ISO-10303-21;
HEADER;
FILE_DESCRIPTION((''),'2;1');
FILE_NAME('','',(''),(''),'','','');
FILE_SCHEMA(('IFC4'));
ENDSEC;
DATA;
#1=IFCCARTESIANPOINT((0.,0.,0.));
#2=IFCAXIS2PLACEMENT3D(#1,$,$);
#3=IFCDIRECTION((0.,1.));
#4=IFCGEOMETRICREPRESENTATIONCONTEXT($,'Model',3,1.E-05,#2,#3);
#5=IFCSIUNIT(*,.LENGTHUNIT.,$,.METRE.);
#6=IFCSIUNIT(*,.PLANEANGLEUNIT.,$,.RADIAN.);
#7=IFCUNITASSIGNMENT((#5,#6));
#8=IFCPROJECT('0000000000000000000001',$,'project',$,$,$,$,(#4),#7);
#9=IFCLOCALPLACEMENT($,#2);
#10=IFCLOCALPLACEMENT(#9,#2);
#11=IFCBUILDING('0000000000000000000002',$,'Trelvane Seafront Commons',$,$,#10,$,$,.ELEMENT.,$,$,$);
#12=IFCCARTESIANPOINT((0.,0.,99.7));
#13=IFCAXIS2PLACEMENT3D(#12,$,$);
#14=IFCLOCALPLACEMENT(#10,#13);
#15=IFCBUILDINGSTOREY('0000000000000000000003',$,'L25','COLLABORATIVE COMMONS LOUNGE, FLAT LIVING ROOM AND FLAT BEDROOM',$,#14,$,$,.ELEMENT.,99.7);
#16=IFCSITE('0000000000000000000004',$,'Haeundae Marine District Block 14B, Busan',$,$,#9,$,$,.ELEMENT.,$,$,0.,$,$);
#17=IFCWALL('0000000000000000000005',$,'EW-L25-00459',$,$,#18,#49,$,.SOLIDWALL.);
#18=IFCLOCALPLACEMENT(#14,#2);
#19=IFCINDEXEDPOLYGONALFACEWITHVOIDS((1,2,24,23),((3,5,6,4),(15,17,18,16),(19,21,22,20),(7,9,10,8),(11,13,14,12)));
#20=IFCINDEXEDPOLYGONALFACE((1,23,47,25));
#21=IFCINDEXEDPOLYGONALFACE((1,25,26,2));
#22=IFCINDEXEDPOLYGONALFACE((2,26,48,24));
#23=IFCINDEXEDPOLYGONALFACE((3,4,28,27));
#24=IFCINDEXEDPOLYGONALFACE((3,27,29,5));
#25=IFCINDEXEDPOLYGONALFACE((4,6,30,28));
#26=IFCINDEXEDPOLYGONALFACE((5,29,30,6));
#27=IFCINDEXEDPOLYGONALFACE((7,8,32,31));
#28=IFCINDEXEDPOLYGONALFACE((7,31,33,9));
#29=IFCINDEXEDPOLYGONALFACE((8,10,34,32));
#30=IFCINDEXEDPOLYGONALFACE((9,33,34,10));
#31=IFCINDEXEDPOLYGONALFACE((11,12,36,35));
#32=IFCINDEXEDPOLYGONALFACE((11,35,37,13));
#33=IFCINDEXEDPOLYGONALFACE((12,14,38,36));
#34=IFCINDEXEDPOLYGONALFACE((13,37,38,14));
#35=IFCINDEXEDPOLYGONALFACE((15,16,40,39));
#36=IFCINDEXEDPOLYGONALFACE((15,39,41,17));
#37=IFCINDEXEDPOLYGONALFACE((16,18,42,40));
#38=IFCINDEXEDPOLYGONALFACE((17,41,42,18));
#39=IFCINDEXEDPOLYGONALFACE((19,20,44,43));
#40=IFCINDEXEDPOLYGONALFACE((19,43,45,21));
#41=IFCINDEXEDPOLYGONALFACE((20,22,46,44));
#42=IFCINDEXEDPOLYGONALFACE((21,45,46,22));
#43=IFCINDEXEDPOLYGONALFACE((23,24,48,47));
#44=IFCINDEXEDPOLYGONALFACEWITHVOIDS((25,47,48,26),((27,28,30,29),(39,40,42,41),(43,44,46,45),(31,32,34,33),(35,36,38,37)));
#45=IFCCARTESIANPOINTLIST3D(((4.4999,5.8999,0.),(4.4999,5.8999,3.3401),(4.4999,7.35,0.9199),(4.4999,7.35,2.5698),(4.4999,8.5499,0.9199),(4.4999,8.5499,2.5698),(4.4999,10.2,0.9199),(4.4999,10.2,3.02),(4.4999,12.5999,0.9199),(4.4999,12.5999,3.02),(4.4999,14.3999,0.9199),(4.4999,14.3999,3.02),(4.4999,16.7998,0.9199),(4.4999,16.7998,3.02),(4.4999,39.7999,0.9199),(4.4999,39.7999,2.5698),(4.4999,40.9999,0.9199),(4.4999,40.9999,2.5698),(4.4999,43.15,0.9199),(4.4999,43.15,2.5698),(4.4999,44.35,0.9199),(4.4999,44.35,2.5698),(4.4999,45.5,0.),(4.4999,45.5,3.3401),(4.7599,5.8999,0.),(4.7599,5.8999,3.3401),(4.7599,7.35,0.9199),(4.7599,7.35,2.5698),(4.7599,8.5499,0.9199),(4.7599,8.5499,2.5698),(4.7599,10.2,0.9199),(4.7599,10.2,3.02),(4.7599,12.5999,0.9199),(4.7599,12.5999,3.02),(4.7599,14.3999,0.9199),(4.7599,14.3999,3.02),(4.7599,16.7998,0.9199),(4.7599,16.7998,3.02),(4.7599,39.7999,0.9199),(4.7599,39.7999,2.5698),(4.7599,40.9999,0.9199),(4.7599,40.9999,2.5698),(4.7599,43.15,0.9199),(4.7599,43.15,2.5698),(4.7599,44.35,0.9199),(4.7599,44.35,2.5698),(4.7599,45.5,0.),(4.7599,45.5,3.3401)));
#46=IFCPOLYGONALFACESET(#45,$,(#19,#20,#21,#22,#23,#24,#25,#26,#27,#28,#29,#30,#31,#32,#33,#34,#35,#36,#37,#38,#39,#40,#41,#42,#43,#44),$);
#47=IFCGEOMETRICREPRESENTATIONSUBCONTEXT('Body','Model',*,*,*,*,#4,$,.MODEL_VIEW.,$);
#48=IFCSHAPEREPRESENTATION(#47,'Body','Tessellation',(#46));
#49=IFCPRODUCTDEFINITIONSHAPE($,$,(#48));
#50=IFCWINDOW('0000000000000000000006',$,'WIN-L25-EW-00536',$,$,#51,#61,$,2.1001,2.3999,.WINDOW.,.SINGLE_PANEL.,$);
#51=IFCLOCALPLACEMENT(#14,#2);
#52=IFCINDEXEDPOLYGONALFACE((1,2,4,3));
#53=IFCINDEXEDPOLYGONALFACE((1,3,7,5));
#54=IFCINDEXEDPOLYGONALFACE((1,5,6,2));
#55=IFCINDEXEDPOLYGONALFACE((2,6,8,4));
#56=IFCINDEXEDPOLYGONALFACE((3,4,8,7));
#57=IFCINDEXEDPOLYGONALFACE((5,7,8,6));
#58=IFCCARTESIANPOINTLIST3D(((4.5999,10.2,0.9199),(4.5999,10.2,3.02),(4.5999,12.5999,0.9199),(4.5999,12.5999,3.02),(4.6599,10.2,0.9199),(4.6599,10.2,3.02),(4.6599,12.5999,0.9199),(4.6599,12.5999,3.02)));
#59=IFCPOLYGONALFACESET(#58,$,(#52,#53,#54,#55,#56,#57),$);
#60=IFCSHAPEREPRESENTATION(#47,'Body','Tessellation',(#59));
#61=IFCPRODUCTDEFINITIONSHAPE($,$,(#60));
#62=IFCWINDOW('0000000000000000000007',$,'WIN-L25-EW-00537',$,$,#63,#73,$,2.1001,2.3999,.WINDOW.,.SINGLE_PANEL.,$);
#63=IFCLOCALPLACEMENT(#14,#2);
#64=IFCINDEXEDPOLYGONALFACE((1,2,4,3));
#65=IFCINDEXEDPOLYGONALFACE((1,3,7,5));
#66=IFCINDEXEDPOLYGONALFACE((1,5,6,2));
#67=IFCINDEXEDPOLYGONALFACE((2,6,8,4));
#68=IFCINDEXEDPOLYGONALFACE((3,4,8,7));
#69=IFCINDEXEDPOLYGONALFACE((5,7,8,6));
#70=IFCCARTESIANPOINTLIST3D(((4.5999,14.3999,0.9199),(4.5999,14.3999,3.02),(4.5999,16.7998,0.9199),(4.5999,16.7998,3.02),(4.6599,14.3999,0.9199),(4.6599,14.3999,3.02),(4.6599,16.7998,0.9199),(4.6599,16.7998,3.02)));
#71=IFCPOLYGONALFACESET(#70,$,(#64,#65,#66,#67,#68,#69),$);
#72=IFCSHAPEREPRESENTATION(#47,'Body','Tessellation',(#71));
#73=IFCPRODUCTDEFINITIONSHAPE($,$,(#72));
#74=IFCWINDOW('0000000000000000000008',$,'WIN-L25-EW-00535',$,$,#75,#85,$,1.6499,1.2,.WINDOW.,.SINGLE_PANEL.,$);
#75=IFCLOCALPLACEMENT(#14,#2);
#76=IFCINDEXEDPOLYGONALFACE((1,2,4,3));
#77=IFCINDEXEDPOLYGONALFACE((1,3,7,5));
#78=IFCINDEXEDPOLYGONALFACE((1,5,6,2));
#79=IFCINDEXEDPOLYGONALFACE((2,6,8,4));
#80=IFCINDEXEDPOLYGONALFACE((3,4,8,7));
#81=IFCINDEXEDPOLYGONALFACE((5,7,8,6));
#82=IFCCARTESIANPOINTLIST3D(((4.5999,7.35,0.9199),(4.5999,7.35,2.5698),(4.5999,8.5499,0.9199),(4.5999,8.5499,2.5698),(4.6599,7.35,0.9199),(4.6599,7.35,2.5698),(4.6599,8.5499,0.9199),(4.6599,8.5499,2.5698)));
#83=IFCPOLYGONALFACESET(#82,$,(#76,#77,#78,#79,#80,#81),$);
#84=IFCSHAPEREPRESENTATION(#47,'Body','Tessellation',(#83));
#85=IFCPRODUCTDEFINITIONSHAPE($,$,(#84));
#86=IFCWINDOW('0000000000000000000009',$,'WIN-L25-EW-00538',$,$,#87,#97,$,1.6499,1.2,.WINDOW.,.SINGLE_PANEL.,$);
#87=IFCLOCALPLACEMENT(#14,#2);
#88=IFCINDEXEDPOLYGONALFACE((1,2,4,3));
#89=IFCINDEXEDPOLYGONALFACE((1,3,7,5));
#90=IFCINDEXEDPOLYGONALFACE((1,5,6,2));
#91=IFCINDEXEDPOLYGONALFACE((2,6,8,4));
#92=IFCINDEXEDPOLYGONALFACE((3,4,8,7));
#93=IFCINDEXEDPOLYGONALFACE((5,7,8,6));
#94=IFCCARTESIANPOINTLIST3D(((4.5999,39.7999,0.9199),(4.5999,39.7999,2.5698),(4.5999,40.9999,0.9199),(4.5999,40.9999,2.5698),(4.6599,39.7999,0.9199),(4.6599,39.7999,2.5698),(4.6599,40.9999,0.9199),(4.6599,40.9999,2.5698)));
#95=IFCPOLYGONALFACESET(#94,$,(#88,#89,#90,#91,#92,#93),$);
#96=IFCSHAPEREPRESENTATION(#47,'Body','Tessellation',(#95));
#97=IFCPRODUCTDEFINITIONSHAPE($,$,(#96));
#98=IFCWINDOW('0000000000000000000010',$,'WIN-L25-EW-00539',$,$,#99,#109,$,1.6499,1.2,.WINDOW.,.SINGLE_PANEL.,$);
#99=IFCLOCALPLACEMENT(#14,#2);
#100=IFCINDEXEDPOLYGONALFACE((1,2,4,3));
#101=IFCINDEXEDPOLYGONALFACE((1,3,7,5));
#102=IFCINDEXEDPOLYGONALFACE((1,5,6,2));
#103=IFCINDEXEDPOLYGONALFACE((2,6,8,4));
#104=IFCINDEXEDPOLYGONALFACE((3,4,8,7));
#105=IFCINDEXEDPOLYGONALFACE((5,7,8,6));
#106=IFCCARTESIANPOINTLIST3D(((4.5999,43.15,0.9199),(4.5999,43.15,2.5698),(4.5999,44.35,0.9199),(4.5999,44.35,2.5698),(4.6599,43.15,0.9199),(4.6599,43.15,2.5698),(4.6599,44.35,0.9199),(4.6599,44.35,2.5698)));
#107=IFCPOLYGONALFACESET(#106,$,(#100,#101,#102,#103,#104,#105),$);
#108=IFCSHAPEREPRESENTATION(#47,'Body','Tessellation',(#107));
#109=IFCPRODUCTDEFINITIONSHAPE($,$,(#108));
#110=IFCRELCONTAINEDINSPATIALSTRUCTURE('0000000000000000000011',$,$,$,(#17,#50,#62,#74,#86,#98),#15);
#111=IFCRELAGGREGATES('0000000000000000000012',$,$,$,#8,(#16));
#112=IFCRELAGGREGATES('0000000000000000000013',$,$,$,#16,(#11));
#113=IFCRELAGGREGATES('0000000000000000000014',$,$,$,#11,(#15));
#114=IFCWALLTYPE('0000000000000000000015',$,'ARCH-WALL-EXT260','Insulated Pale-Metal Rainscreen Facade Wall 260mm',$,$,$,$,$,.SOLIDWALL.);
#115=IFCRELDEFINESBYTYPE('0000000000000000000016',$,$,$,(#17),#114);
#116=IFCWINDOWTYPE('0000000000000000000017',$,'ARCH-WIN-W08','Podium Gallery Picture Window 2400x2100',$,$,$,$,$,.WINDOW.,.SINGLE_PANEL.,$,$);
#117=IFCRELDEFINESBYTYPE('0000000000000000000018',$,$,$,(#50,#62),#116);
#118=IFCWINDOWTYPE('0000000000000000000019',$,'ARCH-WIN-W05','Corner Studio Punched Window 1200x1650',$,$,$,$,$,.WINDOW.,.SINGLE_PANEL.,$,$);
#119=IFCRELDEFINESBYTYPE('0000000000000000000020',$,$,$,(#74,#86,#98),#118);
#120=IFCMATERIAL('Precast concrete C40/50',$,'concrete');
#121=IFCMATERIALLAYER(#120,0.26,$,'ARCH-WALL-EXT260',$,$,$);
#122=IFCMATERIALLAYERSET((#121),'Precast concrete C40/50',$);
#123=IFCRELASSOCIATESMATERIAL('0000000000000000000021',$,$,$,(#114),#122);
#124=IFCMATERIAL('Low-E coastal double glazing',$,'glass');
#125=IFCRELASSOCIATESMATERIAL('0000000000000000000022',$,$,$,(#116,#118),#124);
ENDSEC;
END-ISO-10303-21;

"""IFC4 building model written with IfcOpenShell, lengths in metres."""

from ifc_helpers import new_model, si_unit, direction, frame, frame_2d, origin, place, context, subcontext, project, spatial, rectangle, extrude, source, transform, mapped, material, layer, layer_set, type_object, element, fill, save


model = new_model("IFC4")

# Units and contexts
model_context = context("Model", 3, precision=1e-05, world=origin(), true_north=direction((0.0, 1.0)))
body_context = subcontext(model_context, "Body", "Model", "MODEL_VIEW")
ifc_project = project(units=[si_unit("LENGTHUNIT", "METRE"), si_unit("PLANEANGLEUNIT", "RADIAN")], contexts=[model_context])

# Site, building, storey
site_placement = place(None, origin())
site = spatial("IfcSite", under=ifc_project, at=site_placement, Name="Haeundae Marine District Block 14B, Busan", CompositionType="ELEMENT", RefElevation=0.0)
building_placement = place(site_placement, origin())
building = spatial("IfcBuilding", under=site, at=building_placement, Name="Trelvane Seafront Commons", CompositionType="ELEMENT")
storey_placement = place(building_placement, frame((0.0, 0.0, 99.7)))
storey = spatial("IfcBuildingStorey", under=building, at=storey_placement, Name="L25", Description="COLLABORATIVE COMMONS LOUNGE, FLAT LIVING ROOM AND FLAT BEDROOM", CompositionType="ELEMENT", Elevation=99.7)

# Shared definitions
ifc_material_1 = material(Name="Precast concrete C40/50", Category="concrete")
ifc_layer_1 = layer(ifc_material_1, 0.26, Name="ARCH-WALL-EXT260")
ifc_layer_set_1 = layer_set([ifc_layer_1], Name="Precast concrete C40/50")
wall_type_1 = type_object("IfcWallType", Name="ARCH-WALL-EXT260", Description="Insulated Pale-Metal Rainscreen Facade Wall 260mm", PredefinedType="SOLIDWALL", material=ifc_layer_set_1)

# Wall, openings, windows
wall_1_placement = place(storey_placement, frame((4.6299, 5.8999, 0.0), z_axis=(0.0, 0.0, 1.0), x_axis=(0.0, 1.0, 0.0)))
wall_1 = element("IfcWall", 1, at=wall_1_placement, inside=storey, type_object=wall_type_1, Name="EW-L25-00459", PredefinedType="SOLIDWALL", context=body_context, shape_type="SweptSolid", body=[
    extrude(rectangle(XDim=39.6001, YDim=0.26, at=frame_2d((19.8, 0.0))), origin(), (0.0, 0.0, 1.0), 3.3401),
])
opening_1_placement = place(wall_1_placement, frame((1.45, 0.0, 0.9199)))
opening_1 = element("IfcOpeningElement", 2, at=opening_1_placement, cuts=wall_1, PredefinedType="OPENING", context=body_context, shape_type="SweptSolid", body=[
    extrude(rectangle(XDim=1.2, YDim=1.6499, at=frame_2d((0.6001, 0.825))), frame((0.0, 0.1399, 0.0), z_axis=(0.0, -1.0, 0.0), x_axis=(1.0, 0.0, 0.0)), (0.0, 0.0, 1.0), 0.28),
])
opening_2_placement = place(wall_1_placement, frame((4.3, 0.0, 0.9199)))
opening_2 = element("IfcOpeningElement", 3, at=opening_2_placement, cuts=wall_1, PredefinedType="OPENING", context=body_context, shape_type="SweptSolid", body=[
    extrude(rectangle(XDim=2.3999, YDim=2.1001, at=frame_2d((1.2, 1.05))), frame((0.0, 0.1399, 0.0), z_axis=(0.0, -1.0, 0.0), x_axis=(1.0, 0.0, 0.0)), (0.0, 0.0, 1.0), 0.28),
])
opening_3_placement = place(wall_1_placement, frame((8.5, 0.0, 0.9199)))
opening_3 = element("IfcOpeningElement", 4, at=opening_3_placement, cuts=wall_1, PredefinedType="OPENING", context=body_context, shape_type="SweptSolid", body=[
    extrude(rectangle(XDim=2.3999, YDim=2.1001, at=frame_2d((1.2, 1.05))), frame((0.0, 0.1399, 0.0), z_axis=(0.0, -1.0, 0.0), x_axis=(1.0, 0.0, 0.0)), (0.0, 0.0, 1.0), 0.28),
])
opening_4_placement = place(wall_1_placement, frame((33.8999, 0.0, 0.9199)))
opening_4 = element("IfcOpeningElement", 5, at=opening_4_placement, cuts=wall_1, PredefinedType="OPENING", context=body_context, shape_type="SweptSolid", body=[
    extrude(rectangle(XDim=1.2, YDim=1.6499, at=frame_2d((0.6001, 0.825))), frame((0.0, 0.1399, 0.0), z_axis=(0.0, -1.0, 0.0), x_axis=(1.0, 0.0, 0.0)), (0.0, 0.0, 1.0), 0.28),
])
opening_5_placement = place(wall_1_placement, frame((37.25, 0.0, 0.9199)))
opening_5 = element("IfcOpeningElement", 6, at=opening_5_placement, cuts=wall_1, PredefinedType="OPENING", context=body_context, shape_type="SweptSolid", body=[
    extrude(rectangle(XDim=1.2, YDim=1.6499, at=frame_2d((0.6001, 0.825))), frame((0.0, 0.1399, 0.0), z_axis=(0.0, -1.0, 0.0), x_axis=(1.0, 0.0, 0.0)), (0.0, 0.0, 1.0), 0.28),
])
ifc_material_2 = material(Name="Low-E coastal double glazing", Category="glass")
window_type_1 = type_object("IfcWindowType", Name="ARCH-WIN-W08", Description="Podium Gallery Picture Window 2400x2100", PartitioningType="SINGLE_PANEL", PredefinedType="WINDOW", material=ifc_material_2)
shared_shape_1 = source(origin(), body_context, "Body", "SweptSolid", [
    extrude(rectangle(XDim=2.3999, YDim=2.1001, at=frame_2d((1.2, 1.05))), frame((0.0, 0.03, 0.0), z_axis=(0.0, -1.0, 0.0), x_axis=(1.0, 0.0, 0.0)), (0.0, 0.0, 1.0), 0.0601),
])
window_1_placement = place(opening_2_placement, origin())
window_1 = element("IfcWindow", 7, at=window_1_placement, inside=storey, type_object=window_type_1, Name="WIN-L25-EW-00536", OverallHeight=2.1001, OverallWidth=2.3999, PartitioningType="SINGLE_PANEL", PredefinedType="WINDOW", context=body_context, shape_type="MappedRepresentation", body=[
    mapped(shared_shape_1, transform((0.0, 0.0, 0.0), x_axis=(1.0, 0.0, 0.0), y_axis=(0.0, 1.0, 0.0), z_axis=(0.0, 0.0, 1.0), scale=1.0)),
])
fill(opening_2, window_1)
window_2_placement = place(opening_3_placement, origin())
window_2 = element("IfcWindow", 8, at=window_2_placement, inside=storey, type_object=window_type_1, Name="WIN-L25-EW-00537", OverallHeight=2.1001, OverallWidth=2.3999, PartitioningType="SINGLE_PANEL", PredefinedType="WINDOW", context=body_context, shape_type="MappedRepresentation", body=[
    mapped(shared_shape_1, transform((0.0, 0.0, 0.0), x_axis=(1.0, 0.0, 0.0), y_axis=(0.0, 1.0, 0.0), z_axis=(0.0, 0.0, 1.0), scale=1.0)),
])
fill(opening_3, window_2)
window_type_2 = type_object("IfcWindowType", Name="ARCH-WIN-W05", Description="Corner Studio Punched Window 1200x1650", PartitioningType="SINGLE_PANEL", PredefinedType="WINDOW", material=ifc_material_2)
shared_shape_2 = source(origin(), body_context, "Body", "SweptSolid", [
    extrude(rectangle(XDim=1.2, YDim=1.6499, at=frame_2d((0.6001, 0.825))), frame((0.0, 0.03, 0.0), z_axis=(0.0, -1.0, 0.0), x_axis=(1.0, 0.0, 0.0)), (0.0, 0.0, 1.0), 0.0601),
])
window_3_placement = place(opening_1_placement, origin())
window_3 = element("IfcWindow", 9, at=window_3_placement, inside=storey, type_object=window_type_2, Name="WIN-L25-EW-00535", OverallHeight=1.6499, OverallWidth=1.2, PartitioningType="SINGLE_PANEL", PredefinedType="WINDOW", context=body_context, shape_type="MappedRepresentation", body=[
    mapped(shared_shape_2, transform((0.0, 0.0, 0.0), x_axis=(1.0, 0.0, 0.0), y_axis=(0.0, 1.0, 0.0), z_axis=(0.0, 0.0, 1.0), scale=1.0)),
])
fill(opening_1, window_3)
window_4_placement = place(opening_4_placement, origin())
window_4 = element("IfcWindow", 10, at=window_4_placement, inside=storey, type_object=window_type_2, Name="WIN-L25-EW-00538", OverallHeight=1.6499, OverallWidth=1.2, PartitioningType="SINGLE_PANEL", PredefinedType="WINDOW", context=body_context, shape_type="MappedRepresentation", body=[
    mapped(shared_shape_2, transform((0.0, 0.0, 0.0), x_axis=(1.0, 0.0, 0.0), y_axis=(0.0, 1.0, 0.0), z_axis=(0.0, 0.0, 1.0), scale=1.0)),
])
fill(opening_4, window_4)
window_5_placement = place(opening_5_placement, origin())
window_5 = element("IfcWindow", 11, at=window_5_placement, inside=storey, type_object=window_type_2, Name="WIN-L25-EW-00539", OverallHeight=1.6499, OverallWidth=1.2, PartitioningType="SINGLE_PANEL", PredefinedType="WINDOW", context=body_context, shape_type="MappedRepresentation", body=[
    mapped(shared_shape_2, transform((0.0, 0.0, 0.0), x_axis=(1.0, 0.0, 0.0), y_axis=(0.0, 1.0, 0.0), z_axis=(0.0, 0.0, 1.0), scale=1.0)),
])
fill(opening_5, window_5)

save(model, "model.ifc")
